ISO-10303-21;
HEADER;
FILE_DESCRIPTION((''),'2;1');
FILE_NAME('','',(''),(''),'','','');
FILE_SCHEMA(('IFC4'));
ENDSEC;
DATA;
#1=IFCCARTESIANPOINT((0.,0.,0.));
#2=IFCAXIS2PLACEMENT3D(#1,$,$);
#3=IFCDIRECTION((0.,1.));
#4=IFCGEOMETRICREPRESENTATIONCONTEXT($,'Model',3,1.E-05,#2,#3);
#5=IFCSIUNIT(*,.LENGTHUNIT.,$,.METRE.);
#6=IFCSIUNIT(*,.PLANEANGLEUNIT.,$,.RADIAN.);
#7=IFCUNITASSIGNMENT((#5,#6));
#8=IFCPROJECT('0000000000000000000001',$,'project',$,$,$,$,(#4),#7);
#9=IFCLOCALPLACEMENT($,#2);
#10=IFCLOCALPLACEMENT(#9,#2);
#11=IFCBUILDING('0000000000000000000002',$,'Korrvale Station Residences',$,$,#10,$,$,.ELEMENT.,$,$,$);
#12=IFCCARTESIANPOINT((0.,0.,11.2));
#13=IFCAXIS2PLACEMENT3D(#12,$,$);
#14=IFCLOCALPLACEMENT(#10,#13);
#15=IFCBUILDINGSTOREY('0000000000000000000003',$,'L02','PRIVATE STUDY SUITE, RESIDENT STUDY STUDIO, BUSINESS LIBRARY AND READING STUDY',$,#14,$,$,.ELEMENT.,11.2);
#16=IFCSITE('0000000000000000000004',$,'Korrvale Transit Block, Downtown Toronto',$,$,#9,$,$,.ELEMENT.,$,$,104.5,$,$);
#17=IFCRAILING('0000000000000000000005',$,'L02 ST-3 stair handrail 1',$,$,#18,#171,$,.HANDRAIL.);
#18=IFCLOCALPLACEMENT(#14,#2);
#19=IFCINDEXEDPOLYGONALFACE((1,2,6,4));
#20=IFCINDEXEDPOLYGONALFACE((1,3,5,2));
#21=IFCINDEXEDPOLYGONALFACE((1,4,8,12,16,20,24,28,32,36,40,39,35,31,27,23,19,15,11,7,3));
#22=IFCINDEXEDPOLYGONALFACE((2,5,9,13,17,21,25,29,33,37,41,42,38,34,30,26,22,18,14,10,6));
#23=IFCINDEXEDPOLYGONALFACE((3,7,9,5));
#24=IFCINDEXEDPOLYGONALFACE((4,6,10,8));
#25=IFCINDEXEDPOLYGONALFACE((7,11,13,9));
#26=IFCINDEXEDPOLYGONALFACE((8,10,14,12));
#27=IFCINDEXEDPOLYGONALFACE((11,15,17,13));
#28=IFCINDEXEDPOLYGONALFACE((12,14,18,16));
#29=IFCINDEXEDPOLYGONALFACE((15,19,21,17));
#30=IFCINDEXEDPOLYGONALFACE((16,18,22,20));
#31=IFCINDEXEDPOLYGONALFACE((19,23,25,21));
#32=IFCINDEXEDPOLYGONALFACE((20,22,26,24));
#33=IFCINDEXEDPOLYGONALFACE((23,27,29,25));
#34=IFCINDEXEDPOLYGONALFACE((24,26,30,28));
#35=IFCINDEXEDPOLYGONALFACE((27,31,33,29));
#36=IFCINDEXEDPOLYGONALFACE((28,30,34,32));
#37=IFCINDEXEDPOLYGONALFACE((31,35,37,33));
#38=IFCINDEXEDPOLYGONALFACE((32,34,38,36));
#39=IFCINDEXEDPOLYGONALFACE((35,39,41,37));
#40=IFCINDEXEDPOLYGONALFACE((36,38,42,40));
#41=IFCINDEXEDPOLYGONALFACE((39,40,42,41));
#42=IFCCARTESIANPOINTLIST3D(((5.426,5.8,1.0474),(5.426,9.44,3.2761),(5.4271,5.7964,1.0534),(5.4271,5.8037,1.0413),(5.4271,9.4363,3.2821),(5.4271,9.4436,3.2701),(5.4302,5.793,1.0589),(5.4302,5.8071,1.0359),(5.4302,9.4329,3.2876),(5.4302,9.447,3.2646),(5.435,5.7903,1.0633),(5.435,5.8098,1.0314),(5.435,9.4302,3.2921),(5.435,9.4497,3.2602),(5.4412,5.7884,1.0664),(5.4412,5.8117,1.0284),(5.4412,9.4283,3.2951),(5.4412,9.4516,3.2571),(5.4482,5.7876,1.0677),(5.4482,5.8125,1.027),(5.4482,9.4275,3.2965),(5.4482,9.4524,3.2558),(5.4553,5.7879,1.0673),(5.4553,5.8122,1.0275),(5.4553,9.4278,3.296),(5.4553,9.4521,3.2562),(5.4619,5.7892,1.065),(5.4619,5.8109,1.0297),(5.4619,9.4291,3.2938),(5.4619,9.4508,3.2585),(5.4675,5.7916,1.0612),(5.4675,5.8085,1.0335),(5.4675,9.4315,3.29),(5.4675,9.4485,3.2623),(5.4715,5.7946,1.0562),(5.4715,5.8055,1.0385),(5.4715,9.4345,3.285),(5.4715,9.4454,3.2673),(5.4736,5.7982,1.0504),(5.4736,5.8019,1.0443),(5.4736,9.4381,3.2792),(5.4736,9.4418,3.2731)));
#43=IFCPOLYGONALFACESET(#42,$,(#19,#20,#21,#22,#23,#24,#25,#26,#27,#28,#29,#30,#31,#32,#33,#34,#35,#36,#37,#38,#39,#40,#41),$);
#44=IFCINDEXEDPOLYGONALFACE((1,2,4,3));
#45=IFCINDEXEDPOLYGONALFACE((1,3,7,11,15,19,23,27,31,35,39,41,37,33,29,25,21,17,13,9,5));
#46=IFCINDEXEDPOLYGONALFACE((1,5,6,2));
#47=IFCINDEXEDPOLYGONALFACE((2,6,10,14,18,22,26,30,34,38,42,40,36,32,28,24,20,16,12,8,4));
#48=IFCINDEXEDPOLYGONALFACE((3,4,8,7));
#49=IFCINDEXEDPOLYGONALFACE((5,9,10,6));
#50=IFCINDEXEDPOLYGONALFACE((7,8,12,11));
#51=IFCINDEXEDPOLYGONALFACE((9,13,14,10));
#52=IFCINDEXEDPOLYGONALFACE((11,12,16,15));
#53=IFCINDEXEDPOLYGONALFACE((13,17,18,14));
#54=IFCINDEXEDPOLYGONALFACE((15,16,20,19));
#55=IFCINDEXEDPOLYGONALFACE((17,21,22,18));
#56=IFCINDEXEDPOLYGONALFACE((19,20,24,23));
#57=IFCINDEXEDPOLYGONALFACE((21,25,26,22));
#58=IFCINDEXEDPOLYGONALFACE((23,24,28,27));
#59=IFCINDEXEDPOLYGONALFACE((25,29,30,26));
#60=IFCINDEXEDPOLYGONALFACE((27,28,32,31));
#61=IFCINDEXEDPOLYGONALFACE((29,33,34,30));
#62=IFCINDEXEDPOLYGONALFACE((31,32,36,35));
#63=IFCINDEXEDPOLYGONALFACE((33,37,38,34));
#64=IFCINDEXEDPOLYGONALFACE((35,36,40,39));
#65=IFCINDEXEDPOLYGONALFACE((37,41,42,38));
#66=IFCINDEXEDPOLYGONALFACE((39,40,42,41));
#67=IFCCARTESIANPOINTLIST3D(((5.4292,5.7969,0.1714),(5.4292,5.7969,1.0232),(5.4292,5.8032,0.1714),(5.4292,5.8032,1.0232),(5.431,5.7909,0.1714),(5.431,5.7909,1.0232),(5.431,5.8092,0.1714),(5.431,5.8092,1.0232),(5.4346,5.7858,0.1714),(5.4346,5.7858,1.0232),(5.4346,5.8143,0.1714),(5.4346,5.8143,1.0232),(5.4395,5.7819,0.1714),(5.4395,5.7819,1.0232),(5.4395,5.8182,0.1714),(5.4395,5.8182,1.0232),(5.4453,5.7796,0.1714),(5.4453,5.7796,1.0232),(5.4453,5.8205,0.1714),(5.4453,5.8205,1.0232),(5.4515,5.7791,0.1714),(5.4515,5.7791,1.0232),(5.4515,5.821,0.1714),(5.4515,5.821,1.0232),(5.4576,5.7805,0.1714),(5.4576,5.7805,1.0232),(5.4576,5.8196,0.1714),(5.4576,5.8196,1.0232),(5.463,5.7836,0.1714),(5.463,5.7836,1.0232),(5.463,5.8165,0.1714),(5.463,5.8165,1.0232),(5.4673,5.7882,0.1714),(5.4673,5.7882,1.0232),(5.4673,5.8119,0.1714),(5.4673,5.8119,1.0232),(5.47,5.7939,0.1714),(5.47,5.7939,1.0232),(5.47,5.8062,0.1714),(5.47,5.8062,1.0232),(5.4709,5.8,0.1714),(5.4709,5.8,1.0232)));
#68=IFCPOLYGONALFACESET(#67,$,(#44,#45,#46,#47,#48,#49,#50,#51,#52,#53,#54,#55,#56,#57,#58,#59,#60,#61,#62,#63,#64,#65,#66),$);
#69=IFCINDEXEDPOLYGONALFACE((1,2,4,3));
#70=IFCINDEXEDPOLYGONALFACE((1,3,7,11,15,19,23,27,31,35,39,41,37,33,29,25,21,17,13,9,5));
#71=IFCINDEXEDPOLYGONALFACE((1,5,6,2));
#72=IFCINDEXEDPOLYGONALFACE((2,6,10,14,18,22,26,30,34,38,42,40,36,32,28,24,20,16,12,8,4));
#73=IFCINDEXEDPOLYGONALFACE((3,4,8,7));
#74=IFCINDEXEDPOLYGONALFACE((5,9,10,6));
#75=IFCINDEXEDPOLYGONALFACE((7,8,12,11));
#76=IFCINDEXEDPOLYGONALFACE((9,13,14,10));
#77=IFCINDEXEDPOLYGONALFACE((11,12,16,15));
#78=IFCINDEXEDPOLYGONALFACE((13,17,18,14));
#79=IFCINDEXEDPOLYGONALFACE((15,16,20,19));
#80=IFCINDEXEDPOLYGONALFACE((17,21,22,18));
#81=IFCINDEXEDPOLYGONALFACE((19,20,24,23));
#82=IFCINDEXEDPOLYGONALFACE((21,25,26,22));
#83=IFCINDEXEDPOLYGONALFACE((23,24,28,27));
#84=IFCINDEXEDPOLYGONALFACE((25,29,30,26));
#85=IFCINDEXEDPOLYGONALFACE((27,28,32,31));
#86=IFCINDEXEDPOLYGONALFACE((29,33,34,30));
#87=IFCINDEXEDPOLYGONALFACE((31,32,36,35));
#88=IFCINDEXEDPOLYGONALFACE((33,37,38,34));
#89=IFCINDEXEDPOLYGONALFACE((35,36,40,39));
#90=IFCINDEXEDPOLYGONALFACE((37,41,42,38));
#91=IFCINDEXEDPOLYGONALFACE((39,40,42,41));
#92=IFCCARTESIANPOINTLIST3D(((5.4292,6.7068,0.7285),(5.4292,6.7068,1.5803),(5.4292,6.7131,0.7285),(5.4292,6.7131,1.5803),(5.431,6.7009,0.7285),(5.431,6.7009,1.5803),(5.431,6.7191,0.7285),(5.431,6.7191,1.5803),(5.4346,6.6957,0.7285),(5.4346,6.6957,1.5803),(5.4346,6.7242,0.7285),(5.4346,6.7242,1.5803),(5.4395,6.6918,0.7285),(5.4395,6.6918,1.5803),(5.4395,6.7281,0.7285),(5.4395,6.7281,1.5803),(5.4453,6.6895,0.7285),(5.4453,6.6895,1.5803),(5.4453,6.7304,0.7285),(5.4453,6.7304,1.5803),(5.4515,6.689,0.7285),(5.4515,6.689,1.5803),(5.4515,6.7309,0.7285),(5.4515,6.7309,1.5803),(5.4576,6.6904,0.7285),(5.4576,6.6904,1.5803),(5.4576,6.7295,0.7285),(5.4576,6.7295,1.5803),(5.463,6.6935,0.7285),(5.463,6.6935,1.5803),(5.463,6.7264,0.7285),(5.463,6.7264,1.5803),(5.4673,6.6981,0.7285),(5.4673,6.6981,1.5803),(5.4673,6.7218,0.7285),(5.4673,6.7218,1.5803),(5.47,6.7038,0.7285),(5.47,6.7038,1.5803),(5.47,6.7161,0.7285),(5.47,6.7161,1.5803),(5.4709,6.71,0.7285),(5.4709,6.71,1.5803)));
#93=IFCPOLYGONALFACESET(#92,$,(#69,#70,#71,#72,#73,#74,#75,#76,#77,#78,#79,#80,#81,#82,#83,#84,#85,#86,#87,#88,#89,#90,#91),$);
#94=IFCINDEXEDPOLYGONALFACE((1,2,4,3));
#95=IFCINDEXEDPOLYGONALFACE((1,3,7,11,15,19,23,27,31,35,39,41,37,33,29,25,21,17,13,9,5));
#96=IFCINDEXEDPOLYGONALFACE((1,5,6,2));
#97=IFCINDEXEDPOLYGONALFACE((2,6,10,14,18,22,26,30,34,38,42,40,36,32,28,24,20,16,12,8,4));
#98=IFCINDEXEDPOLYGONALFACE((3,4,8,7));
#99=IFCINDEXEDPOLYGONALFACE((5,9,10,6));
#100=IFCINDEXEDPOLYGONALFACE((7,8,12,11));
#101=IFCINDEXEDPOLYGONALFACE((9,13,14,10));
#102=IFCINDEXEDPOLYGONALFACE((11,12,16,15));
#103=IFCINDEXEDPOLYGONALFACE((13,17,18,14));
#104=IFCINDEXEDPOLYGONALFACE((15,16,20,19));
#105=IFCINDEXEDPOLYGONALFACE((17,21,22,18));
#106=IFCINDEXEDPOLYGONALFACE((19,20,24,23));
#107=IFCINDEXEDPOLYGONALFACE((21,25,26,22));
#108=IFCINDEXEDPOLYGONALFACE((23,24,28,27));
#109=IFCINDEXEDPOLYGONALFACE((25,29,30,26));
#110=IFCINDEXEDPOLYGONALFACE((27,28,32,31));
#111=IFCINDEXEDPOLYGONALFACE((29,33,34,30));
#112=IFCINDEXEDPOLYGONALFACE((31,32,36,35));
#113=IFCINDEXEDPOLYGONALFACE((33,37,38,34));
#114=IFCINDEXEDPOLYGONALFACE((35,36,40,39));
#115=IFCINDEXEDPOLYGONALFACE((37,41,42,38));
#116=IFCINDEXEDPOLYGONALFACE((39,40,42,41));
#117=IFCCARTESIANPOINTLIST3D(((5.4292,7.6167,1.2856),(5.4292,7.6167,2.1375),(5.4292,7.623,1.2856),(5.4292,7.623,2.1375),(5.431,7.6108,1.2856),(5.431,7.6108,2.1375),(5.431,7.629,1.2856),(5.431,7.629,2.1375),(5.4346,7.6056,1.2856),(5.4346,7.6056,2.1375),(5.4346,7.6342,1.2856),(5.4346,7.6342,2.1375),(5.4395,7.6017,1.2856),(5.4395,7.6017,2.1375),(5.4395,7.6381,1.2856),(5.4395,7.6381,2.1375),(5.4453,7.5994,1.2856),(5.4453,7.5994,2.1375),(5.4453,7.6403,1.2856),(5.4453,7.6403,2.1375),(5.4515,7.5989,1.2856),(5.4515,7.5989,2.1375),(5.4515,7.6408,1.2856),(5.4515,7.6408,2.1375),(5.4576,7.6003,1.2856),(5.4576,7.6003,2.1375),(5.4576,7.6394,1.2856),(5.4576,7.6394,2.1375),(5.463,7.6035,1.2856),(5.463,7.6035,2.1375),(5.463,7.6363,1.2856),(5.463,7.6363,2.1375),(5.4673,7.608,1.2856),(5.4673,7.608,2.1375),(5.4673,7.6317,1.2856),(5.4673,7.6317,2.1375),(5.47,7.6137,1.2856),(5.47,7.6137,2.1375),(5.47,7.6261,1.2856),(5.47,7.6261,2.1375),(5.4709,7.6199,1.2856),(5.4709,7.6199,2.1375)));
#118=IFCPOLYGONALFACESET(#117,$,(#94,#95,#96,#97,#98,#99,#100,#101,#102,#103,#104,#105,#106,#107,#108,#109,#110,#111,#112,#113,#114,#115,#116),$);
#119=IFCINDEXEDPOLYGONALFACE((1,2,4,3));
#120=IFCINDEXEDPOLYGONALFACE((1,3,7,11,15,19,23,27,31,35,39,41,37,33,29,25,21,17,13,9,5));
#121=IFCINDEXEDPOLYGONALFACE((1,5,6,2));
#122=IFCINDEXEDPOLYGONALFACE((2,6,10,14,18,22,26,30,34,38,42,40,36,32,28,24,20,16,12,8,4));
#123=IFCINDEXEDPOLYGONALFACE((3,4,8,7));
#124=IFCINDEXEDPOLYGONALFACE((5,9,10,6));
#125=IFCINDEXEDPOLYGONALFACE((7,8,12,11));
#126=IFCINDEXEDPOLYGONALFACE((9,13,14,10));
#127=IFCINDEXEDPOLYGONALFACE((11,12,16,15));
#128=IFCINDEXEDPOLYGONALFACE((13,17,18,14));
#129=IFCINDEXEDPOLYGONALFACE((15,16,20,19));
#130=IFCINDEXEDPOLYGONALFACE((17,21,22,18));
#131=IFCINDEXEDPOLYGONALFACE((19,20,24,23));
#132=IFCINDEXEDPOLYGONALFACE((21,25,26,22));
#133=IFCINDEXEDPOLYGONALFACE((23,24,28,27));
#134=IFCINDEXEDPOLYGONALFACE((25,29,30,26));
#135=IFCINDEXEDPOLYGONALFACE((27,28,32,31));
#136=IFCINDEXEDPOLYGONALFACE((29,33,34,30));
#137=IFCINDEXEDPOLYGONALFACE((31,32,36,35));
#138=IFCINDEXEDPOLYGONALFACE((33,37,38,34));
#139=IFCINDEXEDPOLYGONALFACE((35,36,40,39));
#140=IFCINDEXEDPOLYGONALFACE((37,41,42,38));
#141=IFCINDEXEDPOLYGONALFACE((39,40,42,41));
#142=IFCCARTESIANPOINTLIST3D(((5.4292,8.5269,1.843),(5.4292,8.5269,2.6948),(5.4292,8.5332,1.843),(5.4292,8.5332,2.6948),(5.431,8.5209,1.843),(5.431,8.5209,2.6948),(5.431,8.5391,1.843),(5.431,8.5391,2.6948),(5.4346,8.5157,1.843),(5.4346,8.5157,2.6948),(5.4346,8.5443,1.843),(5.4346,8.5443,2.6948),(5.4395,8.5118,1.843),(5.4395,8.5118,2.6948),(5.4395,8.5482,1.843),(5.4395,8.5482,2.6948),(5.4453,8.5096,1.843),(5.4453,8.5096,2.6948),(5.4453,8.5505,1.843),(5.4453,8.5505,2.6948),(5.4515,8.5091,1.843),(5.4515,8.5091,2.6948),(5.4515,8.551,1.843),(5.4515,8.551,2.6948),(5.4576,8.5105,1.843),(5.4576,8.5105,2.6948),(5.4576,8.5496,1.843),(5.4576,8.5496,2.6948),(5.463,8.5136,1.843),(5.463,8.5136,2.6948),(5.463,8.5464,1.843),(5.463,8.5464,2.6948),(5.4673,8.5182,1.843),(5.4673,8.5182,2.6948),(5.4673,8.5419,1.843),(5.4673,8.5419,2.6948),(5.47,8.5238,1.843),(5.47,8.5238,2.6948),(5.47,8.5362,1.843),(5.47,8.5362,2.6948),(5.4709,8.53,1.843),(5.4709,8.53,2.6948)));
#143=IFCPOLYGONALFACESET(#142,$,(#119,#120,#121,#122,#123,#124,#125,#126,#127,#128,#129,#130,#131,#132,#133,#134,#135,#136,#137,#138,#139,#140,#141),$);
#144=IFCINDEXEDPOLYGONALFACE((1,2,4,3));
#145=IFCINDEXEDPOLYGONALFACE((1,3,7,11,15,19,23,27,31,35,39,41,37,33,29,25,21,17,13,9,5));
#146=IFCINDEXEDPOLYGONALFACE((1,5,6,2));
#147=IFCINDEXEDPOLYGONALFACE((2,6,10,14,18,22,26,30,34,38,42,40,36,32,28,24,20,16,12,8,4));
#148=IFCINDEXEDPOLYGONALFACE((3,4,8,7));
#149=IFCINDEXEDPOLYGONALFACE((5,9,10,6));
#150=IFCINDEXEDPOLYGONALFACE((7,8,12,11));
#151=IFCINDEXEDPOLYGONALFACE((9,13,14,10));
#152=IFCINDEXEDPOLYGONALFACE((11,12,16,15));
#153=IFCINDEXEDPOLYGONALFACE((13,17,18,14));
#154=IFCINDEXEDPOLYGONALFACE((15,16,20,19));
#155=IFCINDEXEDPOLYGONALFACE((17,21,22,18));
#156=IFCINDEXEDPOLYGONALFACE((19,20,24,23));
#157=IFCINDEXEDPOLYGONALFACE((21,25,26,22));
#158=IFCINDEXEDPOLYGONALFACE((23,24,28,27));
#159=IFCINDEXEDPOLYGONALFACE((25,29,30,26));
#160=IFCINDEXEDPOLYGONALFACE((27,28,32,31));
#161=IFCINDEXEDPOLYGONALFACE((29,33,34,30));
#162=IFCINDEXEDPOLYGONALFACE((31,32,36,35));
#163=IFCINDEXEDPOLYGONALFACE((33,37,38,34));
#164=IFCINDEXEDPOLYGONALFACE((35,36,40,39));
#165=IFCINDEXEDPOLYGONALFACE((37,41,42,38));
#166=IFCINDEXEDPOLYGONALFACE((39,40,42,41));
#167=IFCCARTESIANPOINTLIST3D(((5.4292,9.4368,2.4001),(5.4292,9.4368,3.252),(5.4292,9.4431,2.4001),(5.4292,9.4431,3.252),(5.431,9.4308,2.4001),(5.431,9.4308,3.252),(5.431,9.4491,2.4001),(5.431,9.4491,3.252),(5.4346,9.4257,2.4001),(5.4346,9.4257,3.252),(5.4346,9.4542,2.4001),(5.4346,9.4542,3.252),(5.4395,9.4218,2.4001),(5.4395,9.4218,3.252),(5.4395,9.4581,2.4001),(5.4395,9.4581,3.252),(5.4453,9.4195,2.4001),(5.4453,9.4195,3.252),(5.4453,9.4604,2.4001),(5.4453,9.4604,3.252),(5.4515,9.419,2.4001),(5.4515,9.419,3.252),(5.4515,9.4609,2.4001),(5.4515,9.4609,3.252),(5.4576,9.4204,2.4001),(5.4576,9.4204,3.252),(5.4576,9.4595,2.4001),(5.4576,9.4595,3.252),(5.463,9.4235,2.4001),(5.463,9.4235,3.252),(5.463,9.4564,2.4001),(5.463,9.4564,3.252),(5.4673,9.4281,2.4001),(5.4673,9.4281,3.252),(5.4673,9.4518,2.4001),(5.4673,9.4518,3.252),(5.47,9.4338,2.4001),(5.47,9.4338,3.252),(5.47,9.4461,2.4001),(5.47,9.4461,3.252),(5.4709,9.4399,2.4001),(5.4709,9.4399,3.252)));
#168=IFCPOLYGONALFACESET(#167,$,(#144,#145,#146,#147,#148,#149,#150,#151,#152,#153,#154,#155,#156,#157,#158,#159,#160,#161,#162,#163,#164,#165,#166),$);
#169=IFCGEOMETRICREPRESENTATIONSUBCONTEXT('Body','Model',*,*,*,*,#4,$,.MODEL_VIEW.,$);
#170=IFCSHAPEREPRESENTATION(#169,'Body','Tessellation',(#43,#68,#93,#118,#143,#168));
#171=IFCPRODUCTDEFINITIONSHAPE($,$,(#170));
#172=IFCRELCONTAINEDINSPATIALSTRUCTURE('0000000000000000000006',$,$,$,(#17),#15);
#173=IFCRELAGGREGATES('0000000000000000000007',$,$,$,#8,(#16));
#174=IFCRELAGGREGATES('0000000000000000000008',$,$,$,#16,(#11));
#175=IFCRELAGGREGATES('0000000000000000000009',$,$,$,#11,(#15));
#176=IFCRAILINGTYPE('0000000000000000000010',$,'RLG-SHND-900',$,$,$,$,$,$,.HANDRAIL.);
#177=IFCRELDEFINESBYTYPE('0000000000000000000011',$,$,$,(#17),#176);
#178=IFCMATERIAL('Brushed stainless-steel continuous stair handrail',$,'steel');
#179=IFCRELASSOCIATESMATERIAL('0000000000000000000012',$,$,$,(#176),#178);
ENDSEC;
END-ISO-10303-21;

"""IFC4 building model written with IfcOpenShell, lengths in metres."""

from ifc_helpers import new_model, si_unit, direction, frame, origin, origin_2d, place, context, subcontext, project, spatial, circle, extrude, material, type_object, element, save


model = new_model("IFC4")

# Units and contexts
model_context = context("Model", 3, precision=1e-05, world=origin(), true_north=direction((0.0, 1.0)))
body_context = subcontext(model_context, "Body", "Model", "MODEL_VIEW")
ifc_project = project(units=[si_unit("LENGTHUNIT", "METRE"), si_unit("PLANEANGLEUNIT", "RADIAN")], contexts=[model_context])

# Site, building, storey
site_placement = place(None, origin())
site = spatial("IfcSite", under=ifc_project, at=site_placement, Name="Korrvale Transit Block, Downtown Toronto", CompositionType="ELEMENT", RefElevation=104.5)
building_placement = place(site_placement, origin())
building = spatial("IfcBuilding", under=site, at=building_placement, Name="Korrvale Station Residences", CompositionType="ELEMENT")
storey_placement = place(building_placement, frame((0.0, 0.0, 11.2)))
storey = spatial("IfcBuildingStorey", under=building, at=storey_placement, Name="L02", Description="PRIVATE STUDY SUITE, RESIDENT STUDY STUDIO, BUSINESS LIBRARY AND READING STUDY", CompositionType="ELEMENT", Elevation=11.2)

# Railing
ifc_material_1 = material(Name="Brushed stainless-steel continuous stair handrail", Category="steel")
railing_type_1 = type_object("IfcRailingType", Name="RLG-SHND-900", PredefinedType="HANDRAIL", material=ifc_material_1)
railing_1_placement = place(storey_placement, frame((5.45, 5.8, 0.1714)))
element("IfcRailing", 1, at=railing_1_placement, inside=storey, type_object=railing_type_1, Name="L02 ST-3 stair handrail 1", PredefinedType="HANDRAIL", context=body_context, shape_type="SweptSolid", body=[
    extrude(circle(Radius=0.0239, at=origin_2d()), frame((0.0, 0.0, 0.876), z_axis=(0.0, 0.852825, 0.522197), x_axis=(-1.0, 0.0, 0.0)), (0.0, 0.0, 1.0), 4.2681),
    extrude(circle(Radius=0.021, at=origin_2d()), origin(), (0.0, 0.0, 1.0), 0.8518),
    extrude(circle(Radius=0.021, at=origin_2d()), frame((0.0, 0.9099, 0.5571)), (0.0, 0.0, 1.0), 0.8518),
    extrude(circle(Radius=0.021, at=origin_2d()), frame((0.0, 1.8198, 1.1143)), (0.0, 0.0, 1.0), 0.8518),
    extrude(circle(Radius=0.021, at=origin_2d()), frame((0.0, 2.73, 1.6716)), (0.0, 0.0, 1.0), 0.8518),
    extrude(circle(Radius=0.021, at=origin_2d()), frame((0.0, 3.6399, 2.2288)), (0.0, 0.0, 1.0), 0.8518),
])

save(model, "model.ifc")
